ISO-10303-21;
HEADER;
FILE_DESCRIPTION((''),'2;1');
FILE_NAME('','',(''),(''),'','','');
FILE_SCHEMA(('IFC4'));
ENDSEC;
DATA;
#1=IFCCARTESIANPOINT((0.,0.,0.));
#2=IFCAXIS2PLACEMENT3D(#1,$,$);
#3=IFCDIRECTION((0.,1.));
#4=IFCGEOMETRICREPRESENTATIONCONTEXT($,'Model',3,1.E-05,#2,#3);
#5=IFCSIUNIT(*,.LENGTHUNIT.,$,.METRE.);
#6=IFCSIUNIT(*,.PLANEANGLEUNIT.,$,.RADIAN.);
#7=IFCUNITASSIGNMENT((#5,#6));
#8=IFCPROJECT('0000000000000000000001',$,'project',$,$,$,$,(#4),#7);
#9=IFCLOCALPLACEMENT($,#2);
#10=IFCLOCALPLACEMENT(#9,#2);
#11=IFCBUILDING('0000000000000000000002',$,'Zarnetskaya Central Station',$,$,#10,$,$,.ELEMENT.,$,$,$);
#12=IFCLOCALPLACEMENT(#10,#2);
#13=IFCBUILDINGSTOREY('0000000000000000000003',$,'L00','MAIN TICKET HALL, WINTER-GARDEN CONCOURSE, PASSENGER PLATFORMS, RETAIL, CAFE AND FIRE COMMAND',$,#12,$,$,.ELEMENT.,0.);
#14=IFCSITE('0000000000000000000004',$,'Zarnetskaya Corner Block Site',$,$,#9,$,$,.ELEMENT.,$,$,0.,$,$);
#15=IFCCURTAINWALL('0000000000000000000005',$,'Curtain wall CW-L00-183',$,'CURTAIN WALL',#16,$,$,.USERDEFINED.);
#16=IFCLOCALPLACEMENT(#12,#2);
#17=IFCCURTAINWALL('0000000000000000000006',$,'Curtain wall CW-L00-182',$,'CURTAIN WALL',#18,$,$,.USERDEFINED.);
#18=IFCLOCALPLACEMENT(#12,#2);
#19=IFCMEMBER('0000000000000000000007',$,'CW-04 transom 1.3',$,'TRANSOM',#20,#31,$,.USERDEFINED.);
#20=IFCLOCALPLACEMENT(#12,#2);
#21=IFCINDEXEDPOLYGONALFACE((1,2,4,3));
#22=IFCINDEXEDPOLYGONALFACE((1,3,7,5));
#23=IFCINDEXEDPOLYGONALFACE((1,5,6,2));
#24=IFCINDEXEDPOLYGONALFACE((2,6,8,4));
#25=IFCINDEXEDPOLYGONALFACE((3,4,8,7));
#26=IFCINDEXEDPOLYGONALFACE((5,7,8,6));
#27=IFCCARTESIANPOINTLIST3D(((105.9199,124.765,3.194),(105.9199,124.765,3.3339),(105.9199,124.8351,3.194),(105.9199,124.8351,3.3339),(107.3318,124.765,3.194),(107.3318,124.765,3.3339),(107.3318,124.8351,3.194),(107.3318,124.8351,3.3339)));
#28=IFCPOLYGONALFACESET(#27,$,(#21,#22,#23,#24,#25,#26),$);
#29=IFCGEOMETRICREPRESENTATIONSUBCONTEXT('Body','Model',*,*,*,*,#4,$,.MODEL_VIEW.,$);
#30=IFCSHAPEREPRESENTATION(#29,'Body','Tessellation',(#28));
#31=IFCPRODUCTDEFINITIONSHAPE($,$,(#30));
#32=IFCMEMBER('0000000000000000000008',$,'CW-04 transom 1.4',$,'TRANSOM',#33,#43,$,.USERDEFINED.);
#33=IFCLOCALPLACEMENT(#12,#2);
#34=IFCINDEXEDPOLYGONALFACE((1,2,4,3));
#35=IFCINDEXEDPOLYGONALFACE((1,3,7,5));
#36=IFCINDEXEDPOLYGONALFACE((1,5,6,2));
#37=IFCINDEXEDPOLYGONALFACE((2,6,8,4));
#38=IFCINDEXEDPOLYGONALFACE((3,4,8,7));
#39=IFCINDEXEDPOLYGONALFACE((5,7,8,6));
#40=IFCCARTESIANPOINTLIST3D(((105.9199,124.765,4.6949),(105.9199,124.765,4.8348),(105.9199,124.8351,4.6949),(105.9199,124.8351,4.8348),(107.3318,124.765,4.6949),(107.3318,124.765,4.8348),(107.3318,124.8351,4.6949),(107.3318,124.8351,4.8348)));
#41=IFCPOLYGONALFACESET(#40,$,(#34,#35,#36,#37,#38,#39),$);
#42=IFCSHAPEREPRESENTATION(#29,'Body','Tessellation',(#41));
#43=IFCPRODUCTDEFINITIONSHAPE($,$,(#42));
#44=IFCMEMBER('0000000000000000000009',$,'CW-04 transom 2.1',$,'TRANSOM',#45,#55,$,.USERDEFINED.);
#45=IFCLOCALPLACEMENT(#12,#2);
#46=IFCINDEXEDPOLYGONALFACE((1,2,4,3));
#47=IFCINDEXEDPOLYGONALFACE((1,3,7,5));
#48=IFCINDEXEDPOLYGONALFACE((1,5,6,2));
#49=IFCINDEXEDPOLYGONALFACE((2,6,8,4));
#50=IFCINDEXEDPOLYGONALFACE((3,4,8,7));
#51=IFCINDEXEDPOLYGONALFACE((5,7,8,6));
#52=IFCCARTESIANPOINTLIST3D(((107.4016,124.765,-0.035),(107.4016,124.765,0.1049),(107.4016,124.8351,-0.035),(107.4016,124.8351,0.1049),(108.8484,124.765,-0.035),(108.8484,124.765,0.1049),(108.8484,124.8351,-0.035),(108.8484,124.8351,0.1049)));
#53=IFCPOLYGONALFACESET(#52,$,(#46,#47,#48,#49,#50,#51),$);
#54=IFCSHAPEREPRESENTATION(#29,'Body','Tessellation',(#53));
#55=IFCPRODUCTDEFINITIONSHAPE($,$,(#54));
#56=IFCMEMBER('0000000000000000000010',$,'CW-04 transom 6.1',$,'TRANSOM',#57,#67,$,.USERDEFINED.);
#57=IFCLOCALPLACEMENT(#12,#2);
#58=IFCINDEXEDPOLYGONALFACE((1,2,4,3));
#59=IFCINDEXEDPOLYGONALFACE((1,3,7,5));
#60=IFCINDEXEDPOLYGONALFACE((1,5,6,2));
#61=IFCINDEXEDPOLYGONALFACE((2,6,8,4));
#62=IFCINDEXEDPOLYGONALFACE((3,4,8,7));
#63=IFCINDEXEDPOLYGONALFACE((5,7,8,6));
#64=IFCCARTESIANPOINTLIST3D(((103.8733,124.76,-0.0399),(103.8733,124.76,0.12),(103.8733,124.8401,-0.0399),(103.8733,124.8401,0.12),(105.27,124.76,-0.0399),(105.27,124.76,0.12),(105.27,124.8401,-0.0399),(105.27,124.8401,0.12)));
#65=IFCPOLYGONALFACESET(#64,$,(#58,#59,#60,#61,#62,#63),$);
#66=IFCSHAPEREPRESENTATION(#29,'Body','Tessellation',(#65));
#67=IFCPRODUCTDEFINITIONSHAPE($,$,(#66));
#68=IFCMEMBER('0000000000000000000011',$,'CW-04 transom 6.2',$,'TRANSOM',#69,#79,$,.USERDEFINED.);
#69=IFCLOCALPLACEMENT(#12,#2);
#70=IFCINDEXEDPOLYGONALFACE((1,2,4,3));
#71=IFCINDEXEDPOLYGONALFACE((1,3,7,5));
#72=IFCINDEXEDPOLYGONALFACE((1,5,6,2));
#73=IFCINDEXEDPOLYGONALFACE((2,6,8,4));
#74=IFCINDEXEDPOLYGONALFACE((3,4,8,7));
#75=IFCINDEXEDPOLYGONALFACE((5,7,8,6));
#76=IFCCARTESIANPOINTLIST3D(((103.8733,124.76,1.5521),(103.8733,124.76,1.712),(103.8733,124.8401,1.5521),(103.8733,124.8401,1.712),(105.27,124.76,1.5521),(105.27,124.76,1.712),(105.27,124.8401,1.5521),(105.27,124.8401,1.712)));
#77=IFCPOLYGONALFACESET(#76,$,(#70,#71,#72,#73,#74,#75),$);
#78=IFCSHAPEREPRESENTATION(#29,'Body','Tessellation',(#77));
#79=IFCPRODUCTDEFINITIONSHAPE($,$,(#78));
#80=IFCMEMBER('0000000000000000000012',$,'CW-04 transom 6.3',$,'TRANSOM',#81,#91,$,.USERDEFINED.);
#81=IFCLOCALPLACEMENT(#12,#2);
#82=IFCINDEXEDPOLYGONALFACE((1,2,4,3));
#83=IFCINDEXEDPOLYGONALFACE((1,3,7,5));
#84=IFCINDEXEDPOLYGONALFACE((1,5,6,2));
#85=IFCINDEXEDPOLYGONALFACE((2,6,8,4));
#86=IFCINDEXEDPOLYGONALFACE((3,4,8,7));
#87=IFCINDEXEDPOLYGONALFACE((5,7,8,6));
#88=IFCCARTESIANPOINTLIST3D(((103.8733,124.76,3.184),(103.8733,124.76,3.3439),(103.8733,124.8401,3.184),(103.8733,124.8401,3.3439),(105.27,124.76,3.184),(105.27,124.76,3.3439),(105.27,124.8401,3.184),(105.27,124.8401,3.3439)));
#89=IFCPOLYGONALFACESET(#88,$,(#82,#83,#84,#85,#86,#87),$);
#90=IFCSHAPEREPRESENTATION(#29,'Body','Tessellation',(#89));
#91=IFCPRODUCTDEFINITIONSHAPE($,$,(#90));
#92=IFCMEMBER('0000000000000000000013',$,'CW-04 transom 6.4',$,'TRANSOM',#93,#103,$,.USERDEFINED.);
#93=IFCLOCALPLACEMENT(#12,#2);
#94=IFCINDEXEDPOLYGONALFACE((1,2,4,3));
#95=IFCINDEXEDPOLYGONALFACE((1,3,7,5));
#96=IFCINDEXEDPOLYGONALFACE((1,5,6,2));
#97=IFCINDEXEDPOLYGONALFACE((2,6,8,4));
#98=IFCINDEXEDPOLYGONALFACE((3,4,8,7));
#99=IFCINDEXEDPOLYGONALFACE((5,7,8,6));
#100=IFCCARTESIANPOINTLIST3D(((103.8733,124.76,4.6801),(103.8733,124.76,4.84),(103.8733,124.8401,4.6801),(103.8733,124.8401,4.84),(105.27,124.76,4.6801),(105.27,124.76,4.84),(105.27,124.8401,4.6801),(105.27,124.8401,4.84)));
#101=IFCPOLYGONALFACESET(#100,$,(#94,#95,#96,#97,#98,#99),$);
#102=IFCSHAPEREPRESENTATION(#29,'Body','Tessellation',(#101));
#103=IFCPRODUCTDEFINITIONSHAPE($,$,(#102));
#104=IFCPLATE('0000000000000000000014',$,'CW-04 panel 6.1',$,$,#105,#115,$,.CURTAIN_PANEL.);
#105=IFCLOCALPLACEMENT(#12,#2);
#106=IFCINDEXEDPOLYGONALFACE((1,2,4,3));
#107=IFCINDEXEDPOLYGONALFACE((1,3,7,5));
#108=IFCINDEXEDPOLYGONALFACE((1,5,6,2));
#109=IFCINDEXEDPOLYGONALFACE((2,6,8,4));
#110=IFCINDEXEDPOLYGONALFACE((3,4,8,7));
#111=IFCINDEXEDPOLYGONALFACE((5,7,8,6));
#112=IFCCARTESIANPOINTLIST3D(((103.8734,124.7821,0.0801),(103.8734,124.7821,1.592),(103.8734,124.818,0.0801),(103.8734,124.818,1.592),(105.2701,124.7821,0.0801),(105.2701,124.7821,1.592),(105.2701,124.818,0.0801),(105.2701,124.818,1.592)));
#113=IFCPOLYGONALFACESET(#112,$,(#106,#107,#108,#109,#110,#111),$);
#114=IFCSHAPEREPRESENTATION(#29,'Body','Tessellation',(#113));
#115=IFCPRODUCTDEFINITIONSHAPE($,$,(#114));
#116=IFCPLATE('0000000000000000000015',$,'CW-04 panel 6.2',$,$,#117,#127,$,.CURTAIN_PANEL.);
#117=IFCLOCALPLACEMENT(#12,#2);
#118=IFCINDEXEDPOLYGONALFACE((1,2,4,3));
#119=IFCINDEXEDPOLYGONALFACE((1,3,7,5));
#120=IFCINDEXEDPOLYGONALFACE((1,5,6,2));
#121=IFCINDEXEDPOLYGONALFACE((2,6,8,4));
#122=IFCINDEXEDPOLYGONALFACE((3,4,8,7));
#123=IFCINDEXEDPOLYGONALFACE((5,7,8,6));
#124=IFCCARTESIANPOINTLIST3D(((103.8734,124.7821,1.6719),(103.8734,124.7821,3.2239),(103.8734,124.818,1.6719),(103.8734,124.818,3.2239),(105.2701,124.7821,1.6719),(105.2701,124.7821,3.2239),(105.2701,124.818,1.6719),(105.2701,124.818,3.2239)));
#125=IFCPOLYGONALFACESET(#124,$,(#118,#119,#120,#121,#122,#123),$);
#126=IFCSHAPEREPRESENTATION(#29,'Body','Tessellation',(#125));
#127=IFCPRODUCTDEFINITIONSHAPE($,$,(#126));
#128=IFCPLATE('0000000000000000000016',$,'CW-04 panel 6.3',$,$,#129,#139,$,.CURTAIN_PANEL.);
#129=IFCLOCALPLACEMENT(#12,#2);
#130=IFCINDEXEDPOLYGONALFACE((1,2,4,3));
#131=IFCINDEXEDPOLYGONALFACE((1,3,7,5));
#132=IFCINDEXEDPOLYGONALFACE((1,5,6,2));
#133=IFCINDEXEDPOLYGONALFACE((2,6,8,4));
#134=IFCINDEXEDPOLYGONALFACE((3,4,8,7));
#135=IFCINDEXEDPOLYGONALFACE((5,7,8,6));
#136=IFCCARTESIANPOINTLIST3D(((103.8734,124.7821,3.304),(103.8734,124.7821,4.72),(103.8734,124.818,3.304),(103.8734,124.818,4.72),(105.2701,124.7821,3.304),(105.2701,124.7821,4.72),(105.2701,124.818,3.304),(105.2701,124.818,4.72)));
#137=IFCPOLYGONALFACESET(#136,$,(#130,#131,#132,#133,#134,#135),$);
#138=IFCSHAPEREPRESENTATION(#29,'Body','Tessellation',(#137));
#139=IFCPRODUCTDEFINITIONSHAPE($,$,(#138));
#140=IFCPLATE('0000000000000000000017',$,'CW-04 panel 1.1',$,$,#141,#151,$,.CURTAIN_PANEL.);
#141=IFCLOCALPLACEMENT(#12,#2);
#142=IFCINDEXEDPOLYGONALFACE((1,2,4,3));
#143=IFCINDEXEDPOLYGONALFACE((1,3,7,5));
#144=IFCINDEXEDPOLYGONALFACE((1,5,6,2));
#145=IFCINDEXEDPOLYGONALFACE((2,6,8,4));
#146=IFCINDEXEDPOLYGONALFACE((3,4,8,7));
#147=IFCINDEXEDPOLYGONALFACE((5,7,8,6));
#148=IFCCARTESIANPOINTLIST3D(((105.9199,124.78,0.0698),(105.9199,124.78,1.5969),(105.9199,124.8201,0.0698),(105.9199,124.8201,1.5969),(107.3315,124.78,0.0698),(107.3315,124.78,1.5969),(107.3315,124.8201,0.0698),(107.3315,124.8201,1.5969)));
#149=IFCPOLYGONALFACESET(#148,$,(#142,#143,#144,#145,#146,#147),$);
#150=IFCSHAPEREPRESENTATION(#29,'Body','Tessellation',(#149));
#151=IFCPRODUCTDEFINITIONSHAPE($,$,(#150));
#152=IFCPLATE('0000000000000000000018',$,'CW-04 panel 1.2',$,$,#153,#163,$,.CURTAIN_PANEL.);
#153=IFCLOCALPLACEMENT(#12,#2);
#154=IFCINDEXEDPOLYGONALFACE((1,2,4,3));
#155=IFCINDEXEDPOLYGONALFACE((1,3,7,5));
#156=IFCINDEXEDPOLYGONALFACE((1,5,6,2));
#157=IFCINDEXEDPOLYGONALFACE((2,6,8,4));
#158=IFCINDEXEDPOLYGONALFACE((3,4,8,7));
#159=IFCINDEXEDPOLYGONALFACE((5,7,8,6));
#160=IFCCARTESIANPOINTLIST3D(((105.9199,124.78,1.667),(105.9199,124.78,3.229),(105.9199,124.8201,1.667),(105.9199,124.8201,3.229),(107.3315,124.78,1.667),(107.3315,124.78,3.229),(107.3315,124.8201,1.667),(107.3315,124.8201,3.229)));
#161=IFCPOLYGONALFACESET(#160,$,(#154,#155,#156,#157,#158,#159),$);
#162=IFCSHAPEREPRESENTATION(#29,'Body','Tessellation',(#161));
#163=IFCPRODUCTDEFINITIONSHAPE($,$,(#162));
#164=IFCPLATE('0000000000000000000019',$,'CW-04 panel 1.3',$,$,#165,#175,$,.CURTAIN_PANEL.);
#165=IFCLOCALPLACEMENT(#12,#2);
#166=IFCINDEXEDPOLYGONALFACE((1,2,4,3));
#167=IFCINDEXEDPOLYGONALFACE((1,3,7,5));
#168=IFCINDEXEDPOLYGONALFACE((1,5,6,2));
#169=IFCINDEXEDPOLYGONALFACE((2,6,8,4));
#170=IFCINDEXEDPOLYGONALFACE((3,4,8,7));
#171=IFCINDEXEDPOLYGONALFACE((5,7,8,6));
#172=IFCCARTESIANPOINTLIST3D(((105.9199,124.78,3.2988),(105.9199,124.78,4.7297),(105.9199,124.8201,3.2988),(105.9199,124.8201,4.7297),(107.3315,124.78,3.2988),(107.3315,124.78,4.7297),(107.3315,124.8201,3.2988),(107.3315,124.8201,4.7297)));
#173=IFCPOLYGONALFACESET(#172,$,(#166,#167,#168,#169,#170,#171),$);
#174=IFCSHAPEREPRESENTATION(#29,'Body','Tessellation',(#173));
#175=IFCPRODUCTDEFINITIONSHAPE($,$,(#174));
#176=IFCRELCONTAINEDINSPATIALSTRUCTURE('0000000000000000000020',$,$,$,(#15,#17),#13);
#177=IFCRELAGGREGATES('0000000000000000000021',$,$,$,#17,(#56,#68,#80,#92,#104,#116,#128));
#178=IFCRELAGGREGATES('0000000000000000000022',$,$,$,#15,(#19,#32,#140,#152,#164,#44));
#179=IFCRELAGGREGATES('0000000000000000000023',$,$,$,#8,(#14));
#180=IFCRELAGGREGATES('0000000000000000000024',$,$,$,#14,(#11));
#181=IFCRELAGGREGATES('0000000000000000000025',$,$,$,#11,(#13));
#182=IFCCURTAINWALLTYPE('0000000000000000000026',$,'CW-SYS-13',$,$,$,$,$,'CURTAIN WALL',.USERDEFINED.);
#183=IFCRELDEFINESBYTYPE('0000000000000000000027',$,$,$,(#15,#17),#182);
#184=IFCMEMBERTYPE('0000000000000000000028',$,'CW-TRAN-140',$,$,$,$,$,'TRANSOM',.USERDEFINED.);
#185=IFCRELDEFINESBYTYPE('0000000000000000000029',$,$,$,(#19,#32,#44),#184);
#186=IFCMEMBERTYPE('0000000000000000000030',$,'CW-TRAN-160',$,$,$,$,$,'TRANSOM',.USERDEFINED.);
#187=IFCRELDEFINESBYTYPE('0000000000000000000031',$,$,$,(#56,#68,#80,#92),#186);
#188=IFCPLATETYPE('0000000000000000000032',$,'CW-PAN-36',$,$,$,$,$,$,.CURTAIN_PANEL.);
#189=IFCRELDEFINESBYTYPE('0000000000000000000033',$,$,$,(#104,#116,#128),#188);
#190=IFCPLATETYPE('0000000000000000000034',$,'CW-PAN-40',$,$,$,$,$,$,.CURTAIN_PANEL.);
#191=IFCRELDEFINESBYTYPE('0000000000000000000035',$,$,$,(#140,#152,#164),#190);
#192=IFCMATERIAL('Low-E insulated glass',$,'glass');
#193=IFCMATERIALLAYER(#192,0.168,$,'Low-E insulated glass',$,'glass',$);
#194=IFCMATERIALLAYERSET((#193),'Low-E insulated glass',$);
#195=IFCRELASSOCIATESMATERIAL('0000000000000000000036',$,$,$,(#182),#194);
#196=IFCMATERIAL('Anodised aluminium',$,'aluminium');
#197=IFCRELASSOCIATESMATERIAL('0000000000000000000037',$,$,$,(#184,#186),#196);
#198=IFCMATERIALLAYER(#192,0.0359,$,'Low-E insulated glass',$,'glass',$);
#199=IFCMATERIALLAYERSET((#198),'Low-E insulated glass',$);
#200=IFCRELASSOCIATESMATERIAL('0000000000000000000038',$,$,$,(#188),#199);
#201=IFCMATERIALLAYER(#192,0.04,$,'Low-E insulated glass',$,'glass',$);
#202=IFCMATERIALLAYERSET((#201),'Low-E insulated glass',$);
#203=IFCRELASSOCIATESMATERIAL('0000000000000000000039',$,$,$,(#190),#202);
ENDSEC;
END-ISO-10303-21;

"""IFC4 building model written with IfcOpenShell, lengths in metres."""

from ifc_helpers import new_model, si_unit, direction, frame, origin, origin_2d, place, context, subcontext, project, spatial, rectangle, extrude, material, layer, layer_set, material_profile, profile_set, type_object, element, aggregate, save


model = new_model("IFC4")

# Units and contexts
model_context = context("Model", 3, precision=1e-05, world=origin(), true_north=direction((0.0, 1.0)))
body_context = subcontext(model_context, "Body", "Model", "MODEL_VIEW")
ifc_project = project(units=[si_unit("LENGTHUNIT", "METRE"), si_unit("PLANEANGLEUNIT", "RADIAN")], contexts=[model_context])

# Site, building, storey
site_placement = place(None, origin())
site = spatial("IfcSite", under=ifc_project, at=site_placement, Name="Zarnetskaya Corner Block Site", CompositionType="ELEMENT", RefElevation=0.0)
building_placement = place(site_placement, origin())
building = spatial("IfcBuilding", under=site, at=building_placement, Name="Zarnetskaya Central Station", CompositionType="ELEMENT")
storey_placement = place(building_placement, origin())
storey = spatial("IfcBuildingStorey", under=building, at=storey_placement, Name="L00", Description="MAIN TICKET HALL, WINTER-GARDEN CONCOURSE, PASSENGER PLATFORMS, RETAIL, CAFE AND FIRE COMMAND", CompositionType="ELEMENT", Elevation=0.0)

# Curtain walls
ifc_material_1 = material(Name="Low-E insulated glass", Category="glass")
ifc_layer_1 = layer(ifc_material_1, 0.168, Name="Low-E insulated glass", Category="glass")
ifc_layer_set_1 = layer_set([ifc_layer_1], Name="Low-E insulated glass")
curtain_wall_type = type_object("IfcCurtainWallType", Name="CW-SYS-13", ElementType="CURTAIN WALL", PredefinedType="USERDEFINED", material=ifc_layer_set_1)
curtain_wall_1_placement = place(storey_placement, origin())
curtain_wall_1 = element("IfcCurtainWall", 1, at=curtain_wall_1_placement, inside=storey, type_object=curtain_wall_type, Name="Curtain wall CW-L00-183", ObjectType="CURTAIN WALL", PredefinedType="USERDEFINED")
ifc_material_2 = material(Name="Anodised aluminium", Category="aluminium")
curtain_wall_2_placement = place(storey_placement, origin())
curtain_wall_2 = element("IfcCurtainWall", 2, at=curtain_wall_2_placement, inside=storey, type_object=curtain_wall_type, Name="Curtain wall CW-L00-182", ObjectType="CURTAIN WALL", PredefinedType="USERDEFINED")

# Members
ifc_material_profile_1 = material_profile(ifc_material_2, rectangle(XDim=0.0701, YDim=0.1399, at=origin_2d()), Name="ALU TRAN 70x140")
ifc_profile_set_1 = profile_set([ifc_material_profile_1], Name="Anodised aluminium")
member_type_1 = type_object("IfcMemberType", Name="CW-TRAN-140", ElementType="TRANSOM", PredefinedType="USERDEFINED", material=ifc_profile_set_1)
member_1_placement = place(storey_placement, frame((105.9199, 124.8, 3.2639), z_axis=(1.0, 0.0, 0.0), x_axis=(0.0, 1.0, 0.0)))
member_1 = element("IfcMember", 3, at=member_1_placement, type_object=member_type_1, Name="CW-04 transom 1.3", ObjectType="TRANSOM", PredefinedType="USERDEFINED", context=body_context, shape_type="SweptSolid", body=[
    extrude(rectangle(XDim=0.0701, YDim=0.1399, at=origin_2d()), origin(), (0.0, 0.0, 1.0), 1.4119),
])
member_2_placement = place(storey_placement, frame((105.9199, 124.8, 4.7649), z_axis=(1.0, 0.0, 0.0), x_axis=(0.0, 1.0, 0.0)))
member_2 = element("IfcMember", 4, at=member_2_placement, type_object=member_type_1, Name="CW-04 transom 1.4", ObjectType="TRANSOM", PredefinedType="USERDEFINED", context=body_context, shape_type="SweptSolid", body=[
    extrude(rectangle(XDim=0.0701, YDim=0.1399, at=origin_2d()), origin(), (0.0, 0.0, 1.0), 1.4119),
])
member_3_placement = place(storey_placement, frame((107.4016, 124.8, 0.0349), z_axis=(1.0, 0.0, 0.0), x_axis=(0.0, 1.0, 0.0)))
member_3 = element("IfcMember", 5, at=member_3_placement, type_object=member_type_1, Name="CW-04 transom 2.1", ObjectType="TRANSOM", PredefinedType="USERDEFINED", context=body_context, shape_type="SweptSolid", body=[
    extrude(rectangle(XDim=0.0701, YDim=0.1399, at=origin_2d()), origin(), (0.0, 0.0, 1.0), 1.4468),
])
ifc_material_profile_2 = material_profile(ifc_material_2, rectangle(XDim=0.0801, YDim=0.1599, at=origin_2d()), Name="ALU TRAN 80x160")
ifc_profile_set_2 = profile_set([ifc_material_profile_2], Name="Anodised aluminium")
member_type_2 = type_object("IfcMemberType", Name="CW-TRAN-160", ElementType="TRANSOM", PredefinedType="USERDEFINED", material=ifc_profile_set_2)
member_4_placement = place(storey_placement, frame((103.8733, 124.8, 0.04), z_axis=(1.0, 0.0, 0.0), x_axis=(0.0, 1.0, 0.0)))
member_4 = element("IfcMember", 6, at=member_4_placement, type_object=member_type_2, Name="CW-04 transom 6.1", ObjectType="TRANSOM", PredefinedType="USERDEFINED", context=body_context, shape_type="SweptSolid", body=[
    extrude(rectangle(XDim=0.0801, YDim=0.1599, at=origin_2d()), origin(), (0.0, 0.0, 1.0), 1.3967),
])
member_5_placement = place(storey_placement, frame((103.8733, 124.8, 1.6321), z_axis=(1.0, 0.0, 0.0), x_axis=(0.0, 1.0, 0.0)))
member_5 = element("IfcMember", 7, at=member_5_placement, type_object=member_type_2, Name="CW-04 transom 6.2", ObjectType="TRANSOM", PredefinedType="USERDEFINED", context=body_context, shape_type="SweptSolid", body=[
    extrude(rectangle(XDim=0.0801, YDim=0.1599, at=origin_2d()), origin(), (0.0, 0.0, 1.0), 1.3967),
])
member_6_placement = place(storey_placement, frame((103.8733, 124.8, 3.2639), z_axis=(1.0, 0.0, 0.0), x_axis=(0.0, 1.0, 0.0)))
member_6 = element("IfcMember", 8, at=member_6_placement, type_object=member_type_2, Name="CW-04 transom 6.3", ObjectType="TRANSOM", PredefinedType="USERDEFINED", context=body_context, shape_type="SweptSolid", body=[
    extrude(rectangle(XDim=0.0801, YDim=0.1599, at=origin_2d()), origin(), (0.0, 0.0, 1.0), 1.3967),
])
member_7_placement = place(storey_placement, frame((103.8733, 124.8, 4.76), z_axis=(1.0, 0.0, 0.0), x_axis=(0.0, 1.0, 0.0)))
member_7 = element("IfcMember", 9, at=member_7_placement, type_object=member_type_2, Name="CW-04 transom 6.4", ObjectType="TRANSOM", PredefinedType="USERDEFINED", context=body_context, shape_type="SweptSolid", body=[
    extrude(rectangle(XDim=0.0801, YDim=0.1599, at=origin_2d()), origin(), (0.0, 0.0, 1.0), 1.3967),
])

# Plates
ifc_layer_2 = layer(ifc_material_1, 0.0359, Name="Low-E insulated glass", Category="glass")
ifc_layer_set_2 = layer_set([ifc_layer_2], Name="Low-E insulated glass")
plate_type_1 = type_object("IfcPlateType", Name="CW-PAN-36", PredefinedType="CURTAIN_PANEL", material=ifc_layer_set_2)
plate_1_placement = place(storey_placement, frame((104.5718, 124.8, 0.0801), z_axis=(0.0, 0.0, 1.0), x_axis=(1.0, 0.0, 0.0)))
plate_1 = element("IfcPlate", 10, at=plate_1_placement, type_object=plate_type_1, Name="CW-04 panel 6.1", PredefinedType="CURTAIN_PANEL", context=body_context, shape_type="SweptSolid", body=[
    extrude(rectangle(XDim=1.3967, YDim=0.0359, at=origin_2d()), origin(), (0.0, 0.0, 1.0), 1.512),
])
plate_2_placement = place(storey_placement, frame((104.5718, 124.8, 1.6719), z_axis=(0.0, 0.0, 1.0), x_axis=(1.0, 0.0, 0.0)))
plate_2 = element("IfcPlate", 11, at=plate_2_placement, type_object=plate_type_1, Name="CW-04 panel 6.2", PredefinedType="CURTAIN_PANEL", context=body_context, shape_type="SweptSolid", body=[
    extrude(rectangle(XDim=1.3967, YDim=0.0359, at=origin_2d()), origin(), (0.0, 0.0, 1.0), 1.552),
])
plate_3_placement = place(storey_placement, frame((104.5718, 124.8, 3.304), z_axis=(0.0, 0.0, 1.0), x_axis=(1.0, 0.0, 0.0)))
plate_3 = element("IfcPlate", 12, at=plate_3_placement, type_object=plate_type_1, Name="CW-04 panel 6.3", PredefinedType="CURTAIN_PANEL", context=body_context, shape_type="SweptSolid", body=[
    extrude(rectangle(XDim=1.3967, YDim=0.0359, at=origin_2d()), origin(), (0.0, 0.0, 1.0), 1.416),
])
aggregate(curtain_wall_2, [member_4, member_5, member_6, member_7, plate_1, plate_2, plate_3])
ifc_layer_3 = layer(ifc_material_1, 0.04, Name="Low-E insulated glass", Category="glass")
ifc_layer_set_3 = layer_set([ifc_layer_3], Name="Low-E insulated glass")
plate_type_2 = type_object("IfcPlateType", Name="CW-PAN-40", PredefinedType="CURTAIN_PANEL", material=ifc_layer_set_3)
plate_4_placement = place(storey_placement, frame((106.6257, 124.8, 0.0698), z_axis=(0.0, 0.0, 1.0), x_axis=(1.0, 0.0, 0.0)))
plate_4 = element("IfcPlate", 13, at=plate_4_placement, type_object=plate_type_2, Name="CW-04 panel 1.1", PredefinedType="CURTAIN_PANEL", context=body_context, shape_type="SweptSolid", body=[
    extrude(rectangle(XDim=1.4116, YDim=0.04, at=origin_2d()), origin(), (0.0, 0.0, 1.0), 1.5271),
])
plate_5_placement = place(storey_placement, frame((106.6257, 124.8, 1.667), z_axis=(0.0, 0.0, 1.0), x_axis=(1.0, 0.0, 0.0)))
plate_5 = element("IfcPlate", 14, at=plate_5_placement, type_object=plate_type_2, Name="CW-04 panel 1.2", PredefinedType="CURTAIN_PANEL", context=body_context, shape_type="SweptSolid", body=[
    extrude(rectangle(XDim=1.4116, YDim=0.04, at=origin_2d()), origin(), (0.0, 0.0, 1.0), 1.562),
])
plate_6_placement = place(storey_placement, frame((106.6257, 124.8, 3.2988), z_axis=(0.0, 0.0, 1.0), x_axis=(1.0, 0.0, 0.0)))
plate_6 = element("IfcPlate", 15, at=plate_6_placement, type_object=plate_type_2, Name="CW-04 panel 1.3", PredefinedType="CURTAIN_PANEL", context=body_context, shape_type="SweptSolid", body=[
    extrude(rectangle(XDim=1.4116, YDim=0.04, at=origin_2d()), origin(), (0.0, 0.0, 1.0), 1.4309),
])
aggregate(curtain_wall_1, [member_1, member_2, plate_4, plate_5, plate_6, member_3])

save(model, "model.ifc")
